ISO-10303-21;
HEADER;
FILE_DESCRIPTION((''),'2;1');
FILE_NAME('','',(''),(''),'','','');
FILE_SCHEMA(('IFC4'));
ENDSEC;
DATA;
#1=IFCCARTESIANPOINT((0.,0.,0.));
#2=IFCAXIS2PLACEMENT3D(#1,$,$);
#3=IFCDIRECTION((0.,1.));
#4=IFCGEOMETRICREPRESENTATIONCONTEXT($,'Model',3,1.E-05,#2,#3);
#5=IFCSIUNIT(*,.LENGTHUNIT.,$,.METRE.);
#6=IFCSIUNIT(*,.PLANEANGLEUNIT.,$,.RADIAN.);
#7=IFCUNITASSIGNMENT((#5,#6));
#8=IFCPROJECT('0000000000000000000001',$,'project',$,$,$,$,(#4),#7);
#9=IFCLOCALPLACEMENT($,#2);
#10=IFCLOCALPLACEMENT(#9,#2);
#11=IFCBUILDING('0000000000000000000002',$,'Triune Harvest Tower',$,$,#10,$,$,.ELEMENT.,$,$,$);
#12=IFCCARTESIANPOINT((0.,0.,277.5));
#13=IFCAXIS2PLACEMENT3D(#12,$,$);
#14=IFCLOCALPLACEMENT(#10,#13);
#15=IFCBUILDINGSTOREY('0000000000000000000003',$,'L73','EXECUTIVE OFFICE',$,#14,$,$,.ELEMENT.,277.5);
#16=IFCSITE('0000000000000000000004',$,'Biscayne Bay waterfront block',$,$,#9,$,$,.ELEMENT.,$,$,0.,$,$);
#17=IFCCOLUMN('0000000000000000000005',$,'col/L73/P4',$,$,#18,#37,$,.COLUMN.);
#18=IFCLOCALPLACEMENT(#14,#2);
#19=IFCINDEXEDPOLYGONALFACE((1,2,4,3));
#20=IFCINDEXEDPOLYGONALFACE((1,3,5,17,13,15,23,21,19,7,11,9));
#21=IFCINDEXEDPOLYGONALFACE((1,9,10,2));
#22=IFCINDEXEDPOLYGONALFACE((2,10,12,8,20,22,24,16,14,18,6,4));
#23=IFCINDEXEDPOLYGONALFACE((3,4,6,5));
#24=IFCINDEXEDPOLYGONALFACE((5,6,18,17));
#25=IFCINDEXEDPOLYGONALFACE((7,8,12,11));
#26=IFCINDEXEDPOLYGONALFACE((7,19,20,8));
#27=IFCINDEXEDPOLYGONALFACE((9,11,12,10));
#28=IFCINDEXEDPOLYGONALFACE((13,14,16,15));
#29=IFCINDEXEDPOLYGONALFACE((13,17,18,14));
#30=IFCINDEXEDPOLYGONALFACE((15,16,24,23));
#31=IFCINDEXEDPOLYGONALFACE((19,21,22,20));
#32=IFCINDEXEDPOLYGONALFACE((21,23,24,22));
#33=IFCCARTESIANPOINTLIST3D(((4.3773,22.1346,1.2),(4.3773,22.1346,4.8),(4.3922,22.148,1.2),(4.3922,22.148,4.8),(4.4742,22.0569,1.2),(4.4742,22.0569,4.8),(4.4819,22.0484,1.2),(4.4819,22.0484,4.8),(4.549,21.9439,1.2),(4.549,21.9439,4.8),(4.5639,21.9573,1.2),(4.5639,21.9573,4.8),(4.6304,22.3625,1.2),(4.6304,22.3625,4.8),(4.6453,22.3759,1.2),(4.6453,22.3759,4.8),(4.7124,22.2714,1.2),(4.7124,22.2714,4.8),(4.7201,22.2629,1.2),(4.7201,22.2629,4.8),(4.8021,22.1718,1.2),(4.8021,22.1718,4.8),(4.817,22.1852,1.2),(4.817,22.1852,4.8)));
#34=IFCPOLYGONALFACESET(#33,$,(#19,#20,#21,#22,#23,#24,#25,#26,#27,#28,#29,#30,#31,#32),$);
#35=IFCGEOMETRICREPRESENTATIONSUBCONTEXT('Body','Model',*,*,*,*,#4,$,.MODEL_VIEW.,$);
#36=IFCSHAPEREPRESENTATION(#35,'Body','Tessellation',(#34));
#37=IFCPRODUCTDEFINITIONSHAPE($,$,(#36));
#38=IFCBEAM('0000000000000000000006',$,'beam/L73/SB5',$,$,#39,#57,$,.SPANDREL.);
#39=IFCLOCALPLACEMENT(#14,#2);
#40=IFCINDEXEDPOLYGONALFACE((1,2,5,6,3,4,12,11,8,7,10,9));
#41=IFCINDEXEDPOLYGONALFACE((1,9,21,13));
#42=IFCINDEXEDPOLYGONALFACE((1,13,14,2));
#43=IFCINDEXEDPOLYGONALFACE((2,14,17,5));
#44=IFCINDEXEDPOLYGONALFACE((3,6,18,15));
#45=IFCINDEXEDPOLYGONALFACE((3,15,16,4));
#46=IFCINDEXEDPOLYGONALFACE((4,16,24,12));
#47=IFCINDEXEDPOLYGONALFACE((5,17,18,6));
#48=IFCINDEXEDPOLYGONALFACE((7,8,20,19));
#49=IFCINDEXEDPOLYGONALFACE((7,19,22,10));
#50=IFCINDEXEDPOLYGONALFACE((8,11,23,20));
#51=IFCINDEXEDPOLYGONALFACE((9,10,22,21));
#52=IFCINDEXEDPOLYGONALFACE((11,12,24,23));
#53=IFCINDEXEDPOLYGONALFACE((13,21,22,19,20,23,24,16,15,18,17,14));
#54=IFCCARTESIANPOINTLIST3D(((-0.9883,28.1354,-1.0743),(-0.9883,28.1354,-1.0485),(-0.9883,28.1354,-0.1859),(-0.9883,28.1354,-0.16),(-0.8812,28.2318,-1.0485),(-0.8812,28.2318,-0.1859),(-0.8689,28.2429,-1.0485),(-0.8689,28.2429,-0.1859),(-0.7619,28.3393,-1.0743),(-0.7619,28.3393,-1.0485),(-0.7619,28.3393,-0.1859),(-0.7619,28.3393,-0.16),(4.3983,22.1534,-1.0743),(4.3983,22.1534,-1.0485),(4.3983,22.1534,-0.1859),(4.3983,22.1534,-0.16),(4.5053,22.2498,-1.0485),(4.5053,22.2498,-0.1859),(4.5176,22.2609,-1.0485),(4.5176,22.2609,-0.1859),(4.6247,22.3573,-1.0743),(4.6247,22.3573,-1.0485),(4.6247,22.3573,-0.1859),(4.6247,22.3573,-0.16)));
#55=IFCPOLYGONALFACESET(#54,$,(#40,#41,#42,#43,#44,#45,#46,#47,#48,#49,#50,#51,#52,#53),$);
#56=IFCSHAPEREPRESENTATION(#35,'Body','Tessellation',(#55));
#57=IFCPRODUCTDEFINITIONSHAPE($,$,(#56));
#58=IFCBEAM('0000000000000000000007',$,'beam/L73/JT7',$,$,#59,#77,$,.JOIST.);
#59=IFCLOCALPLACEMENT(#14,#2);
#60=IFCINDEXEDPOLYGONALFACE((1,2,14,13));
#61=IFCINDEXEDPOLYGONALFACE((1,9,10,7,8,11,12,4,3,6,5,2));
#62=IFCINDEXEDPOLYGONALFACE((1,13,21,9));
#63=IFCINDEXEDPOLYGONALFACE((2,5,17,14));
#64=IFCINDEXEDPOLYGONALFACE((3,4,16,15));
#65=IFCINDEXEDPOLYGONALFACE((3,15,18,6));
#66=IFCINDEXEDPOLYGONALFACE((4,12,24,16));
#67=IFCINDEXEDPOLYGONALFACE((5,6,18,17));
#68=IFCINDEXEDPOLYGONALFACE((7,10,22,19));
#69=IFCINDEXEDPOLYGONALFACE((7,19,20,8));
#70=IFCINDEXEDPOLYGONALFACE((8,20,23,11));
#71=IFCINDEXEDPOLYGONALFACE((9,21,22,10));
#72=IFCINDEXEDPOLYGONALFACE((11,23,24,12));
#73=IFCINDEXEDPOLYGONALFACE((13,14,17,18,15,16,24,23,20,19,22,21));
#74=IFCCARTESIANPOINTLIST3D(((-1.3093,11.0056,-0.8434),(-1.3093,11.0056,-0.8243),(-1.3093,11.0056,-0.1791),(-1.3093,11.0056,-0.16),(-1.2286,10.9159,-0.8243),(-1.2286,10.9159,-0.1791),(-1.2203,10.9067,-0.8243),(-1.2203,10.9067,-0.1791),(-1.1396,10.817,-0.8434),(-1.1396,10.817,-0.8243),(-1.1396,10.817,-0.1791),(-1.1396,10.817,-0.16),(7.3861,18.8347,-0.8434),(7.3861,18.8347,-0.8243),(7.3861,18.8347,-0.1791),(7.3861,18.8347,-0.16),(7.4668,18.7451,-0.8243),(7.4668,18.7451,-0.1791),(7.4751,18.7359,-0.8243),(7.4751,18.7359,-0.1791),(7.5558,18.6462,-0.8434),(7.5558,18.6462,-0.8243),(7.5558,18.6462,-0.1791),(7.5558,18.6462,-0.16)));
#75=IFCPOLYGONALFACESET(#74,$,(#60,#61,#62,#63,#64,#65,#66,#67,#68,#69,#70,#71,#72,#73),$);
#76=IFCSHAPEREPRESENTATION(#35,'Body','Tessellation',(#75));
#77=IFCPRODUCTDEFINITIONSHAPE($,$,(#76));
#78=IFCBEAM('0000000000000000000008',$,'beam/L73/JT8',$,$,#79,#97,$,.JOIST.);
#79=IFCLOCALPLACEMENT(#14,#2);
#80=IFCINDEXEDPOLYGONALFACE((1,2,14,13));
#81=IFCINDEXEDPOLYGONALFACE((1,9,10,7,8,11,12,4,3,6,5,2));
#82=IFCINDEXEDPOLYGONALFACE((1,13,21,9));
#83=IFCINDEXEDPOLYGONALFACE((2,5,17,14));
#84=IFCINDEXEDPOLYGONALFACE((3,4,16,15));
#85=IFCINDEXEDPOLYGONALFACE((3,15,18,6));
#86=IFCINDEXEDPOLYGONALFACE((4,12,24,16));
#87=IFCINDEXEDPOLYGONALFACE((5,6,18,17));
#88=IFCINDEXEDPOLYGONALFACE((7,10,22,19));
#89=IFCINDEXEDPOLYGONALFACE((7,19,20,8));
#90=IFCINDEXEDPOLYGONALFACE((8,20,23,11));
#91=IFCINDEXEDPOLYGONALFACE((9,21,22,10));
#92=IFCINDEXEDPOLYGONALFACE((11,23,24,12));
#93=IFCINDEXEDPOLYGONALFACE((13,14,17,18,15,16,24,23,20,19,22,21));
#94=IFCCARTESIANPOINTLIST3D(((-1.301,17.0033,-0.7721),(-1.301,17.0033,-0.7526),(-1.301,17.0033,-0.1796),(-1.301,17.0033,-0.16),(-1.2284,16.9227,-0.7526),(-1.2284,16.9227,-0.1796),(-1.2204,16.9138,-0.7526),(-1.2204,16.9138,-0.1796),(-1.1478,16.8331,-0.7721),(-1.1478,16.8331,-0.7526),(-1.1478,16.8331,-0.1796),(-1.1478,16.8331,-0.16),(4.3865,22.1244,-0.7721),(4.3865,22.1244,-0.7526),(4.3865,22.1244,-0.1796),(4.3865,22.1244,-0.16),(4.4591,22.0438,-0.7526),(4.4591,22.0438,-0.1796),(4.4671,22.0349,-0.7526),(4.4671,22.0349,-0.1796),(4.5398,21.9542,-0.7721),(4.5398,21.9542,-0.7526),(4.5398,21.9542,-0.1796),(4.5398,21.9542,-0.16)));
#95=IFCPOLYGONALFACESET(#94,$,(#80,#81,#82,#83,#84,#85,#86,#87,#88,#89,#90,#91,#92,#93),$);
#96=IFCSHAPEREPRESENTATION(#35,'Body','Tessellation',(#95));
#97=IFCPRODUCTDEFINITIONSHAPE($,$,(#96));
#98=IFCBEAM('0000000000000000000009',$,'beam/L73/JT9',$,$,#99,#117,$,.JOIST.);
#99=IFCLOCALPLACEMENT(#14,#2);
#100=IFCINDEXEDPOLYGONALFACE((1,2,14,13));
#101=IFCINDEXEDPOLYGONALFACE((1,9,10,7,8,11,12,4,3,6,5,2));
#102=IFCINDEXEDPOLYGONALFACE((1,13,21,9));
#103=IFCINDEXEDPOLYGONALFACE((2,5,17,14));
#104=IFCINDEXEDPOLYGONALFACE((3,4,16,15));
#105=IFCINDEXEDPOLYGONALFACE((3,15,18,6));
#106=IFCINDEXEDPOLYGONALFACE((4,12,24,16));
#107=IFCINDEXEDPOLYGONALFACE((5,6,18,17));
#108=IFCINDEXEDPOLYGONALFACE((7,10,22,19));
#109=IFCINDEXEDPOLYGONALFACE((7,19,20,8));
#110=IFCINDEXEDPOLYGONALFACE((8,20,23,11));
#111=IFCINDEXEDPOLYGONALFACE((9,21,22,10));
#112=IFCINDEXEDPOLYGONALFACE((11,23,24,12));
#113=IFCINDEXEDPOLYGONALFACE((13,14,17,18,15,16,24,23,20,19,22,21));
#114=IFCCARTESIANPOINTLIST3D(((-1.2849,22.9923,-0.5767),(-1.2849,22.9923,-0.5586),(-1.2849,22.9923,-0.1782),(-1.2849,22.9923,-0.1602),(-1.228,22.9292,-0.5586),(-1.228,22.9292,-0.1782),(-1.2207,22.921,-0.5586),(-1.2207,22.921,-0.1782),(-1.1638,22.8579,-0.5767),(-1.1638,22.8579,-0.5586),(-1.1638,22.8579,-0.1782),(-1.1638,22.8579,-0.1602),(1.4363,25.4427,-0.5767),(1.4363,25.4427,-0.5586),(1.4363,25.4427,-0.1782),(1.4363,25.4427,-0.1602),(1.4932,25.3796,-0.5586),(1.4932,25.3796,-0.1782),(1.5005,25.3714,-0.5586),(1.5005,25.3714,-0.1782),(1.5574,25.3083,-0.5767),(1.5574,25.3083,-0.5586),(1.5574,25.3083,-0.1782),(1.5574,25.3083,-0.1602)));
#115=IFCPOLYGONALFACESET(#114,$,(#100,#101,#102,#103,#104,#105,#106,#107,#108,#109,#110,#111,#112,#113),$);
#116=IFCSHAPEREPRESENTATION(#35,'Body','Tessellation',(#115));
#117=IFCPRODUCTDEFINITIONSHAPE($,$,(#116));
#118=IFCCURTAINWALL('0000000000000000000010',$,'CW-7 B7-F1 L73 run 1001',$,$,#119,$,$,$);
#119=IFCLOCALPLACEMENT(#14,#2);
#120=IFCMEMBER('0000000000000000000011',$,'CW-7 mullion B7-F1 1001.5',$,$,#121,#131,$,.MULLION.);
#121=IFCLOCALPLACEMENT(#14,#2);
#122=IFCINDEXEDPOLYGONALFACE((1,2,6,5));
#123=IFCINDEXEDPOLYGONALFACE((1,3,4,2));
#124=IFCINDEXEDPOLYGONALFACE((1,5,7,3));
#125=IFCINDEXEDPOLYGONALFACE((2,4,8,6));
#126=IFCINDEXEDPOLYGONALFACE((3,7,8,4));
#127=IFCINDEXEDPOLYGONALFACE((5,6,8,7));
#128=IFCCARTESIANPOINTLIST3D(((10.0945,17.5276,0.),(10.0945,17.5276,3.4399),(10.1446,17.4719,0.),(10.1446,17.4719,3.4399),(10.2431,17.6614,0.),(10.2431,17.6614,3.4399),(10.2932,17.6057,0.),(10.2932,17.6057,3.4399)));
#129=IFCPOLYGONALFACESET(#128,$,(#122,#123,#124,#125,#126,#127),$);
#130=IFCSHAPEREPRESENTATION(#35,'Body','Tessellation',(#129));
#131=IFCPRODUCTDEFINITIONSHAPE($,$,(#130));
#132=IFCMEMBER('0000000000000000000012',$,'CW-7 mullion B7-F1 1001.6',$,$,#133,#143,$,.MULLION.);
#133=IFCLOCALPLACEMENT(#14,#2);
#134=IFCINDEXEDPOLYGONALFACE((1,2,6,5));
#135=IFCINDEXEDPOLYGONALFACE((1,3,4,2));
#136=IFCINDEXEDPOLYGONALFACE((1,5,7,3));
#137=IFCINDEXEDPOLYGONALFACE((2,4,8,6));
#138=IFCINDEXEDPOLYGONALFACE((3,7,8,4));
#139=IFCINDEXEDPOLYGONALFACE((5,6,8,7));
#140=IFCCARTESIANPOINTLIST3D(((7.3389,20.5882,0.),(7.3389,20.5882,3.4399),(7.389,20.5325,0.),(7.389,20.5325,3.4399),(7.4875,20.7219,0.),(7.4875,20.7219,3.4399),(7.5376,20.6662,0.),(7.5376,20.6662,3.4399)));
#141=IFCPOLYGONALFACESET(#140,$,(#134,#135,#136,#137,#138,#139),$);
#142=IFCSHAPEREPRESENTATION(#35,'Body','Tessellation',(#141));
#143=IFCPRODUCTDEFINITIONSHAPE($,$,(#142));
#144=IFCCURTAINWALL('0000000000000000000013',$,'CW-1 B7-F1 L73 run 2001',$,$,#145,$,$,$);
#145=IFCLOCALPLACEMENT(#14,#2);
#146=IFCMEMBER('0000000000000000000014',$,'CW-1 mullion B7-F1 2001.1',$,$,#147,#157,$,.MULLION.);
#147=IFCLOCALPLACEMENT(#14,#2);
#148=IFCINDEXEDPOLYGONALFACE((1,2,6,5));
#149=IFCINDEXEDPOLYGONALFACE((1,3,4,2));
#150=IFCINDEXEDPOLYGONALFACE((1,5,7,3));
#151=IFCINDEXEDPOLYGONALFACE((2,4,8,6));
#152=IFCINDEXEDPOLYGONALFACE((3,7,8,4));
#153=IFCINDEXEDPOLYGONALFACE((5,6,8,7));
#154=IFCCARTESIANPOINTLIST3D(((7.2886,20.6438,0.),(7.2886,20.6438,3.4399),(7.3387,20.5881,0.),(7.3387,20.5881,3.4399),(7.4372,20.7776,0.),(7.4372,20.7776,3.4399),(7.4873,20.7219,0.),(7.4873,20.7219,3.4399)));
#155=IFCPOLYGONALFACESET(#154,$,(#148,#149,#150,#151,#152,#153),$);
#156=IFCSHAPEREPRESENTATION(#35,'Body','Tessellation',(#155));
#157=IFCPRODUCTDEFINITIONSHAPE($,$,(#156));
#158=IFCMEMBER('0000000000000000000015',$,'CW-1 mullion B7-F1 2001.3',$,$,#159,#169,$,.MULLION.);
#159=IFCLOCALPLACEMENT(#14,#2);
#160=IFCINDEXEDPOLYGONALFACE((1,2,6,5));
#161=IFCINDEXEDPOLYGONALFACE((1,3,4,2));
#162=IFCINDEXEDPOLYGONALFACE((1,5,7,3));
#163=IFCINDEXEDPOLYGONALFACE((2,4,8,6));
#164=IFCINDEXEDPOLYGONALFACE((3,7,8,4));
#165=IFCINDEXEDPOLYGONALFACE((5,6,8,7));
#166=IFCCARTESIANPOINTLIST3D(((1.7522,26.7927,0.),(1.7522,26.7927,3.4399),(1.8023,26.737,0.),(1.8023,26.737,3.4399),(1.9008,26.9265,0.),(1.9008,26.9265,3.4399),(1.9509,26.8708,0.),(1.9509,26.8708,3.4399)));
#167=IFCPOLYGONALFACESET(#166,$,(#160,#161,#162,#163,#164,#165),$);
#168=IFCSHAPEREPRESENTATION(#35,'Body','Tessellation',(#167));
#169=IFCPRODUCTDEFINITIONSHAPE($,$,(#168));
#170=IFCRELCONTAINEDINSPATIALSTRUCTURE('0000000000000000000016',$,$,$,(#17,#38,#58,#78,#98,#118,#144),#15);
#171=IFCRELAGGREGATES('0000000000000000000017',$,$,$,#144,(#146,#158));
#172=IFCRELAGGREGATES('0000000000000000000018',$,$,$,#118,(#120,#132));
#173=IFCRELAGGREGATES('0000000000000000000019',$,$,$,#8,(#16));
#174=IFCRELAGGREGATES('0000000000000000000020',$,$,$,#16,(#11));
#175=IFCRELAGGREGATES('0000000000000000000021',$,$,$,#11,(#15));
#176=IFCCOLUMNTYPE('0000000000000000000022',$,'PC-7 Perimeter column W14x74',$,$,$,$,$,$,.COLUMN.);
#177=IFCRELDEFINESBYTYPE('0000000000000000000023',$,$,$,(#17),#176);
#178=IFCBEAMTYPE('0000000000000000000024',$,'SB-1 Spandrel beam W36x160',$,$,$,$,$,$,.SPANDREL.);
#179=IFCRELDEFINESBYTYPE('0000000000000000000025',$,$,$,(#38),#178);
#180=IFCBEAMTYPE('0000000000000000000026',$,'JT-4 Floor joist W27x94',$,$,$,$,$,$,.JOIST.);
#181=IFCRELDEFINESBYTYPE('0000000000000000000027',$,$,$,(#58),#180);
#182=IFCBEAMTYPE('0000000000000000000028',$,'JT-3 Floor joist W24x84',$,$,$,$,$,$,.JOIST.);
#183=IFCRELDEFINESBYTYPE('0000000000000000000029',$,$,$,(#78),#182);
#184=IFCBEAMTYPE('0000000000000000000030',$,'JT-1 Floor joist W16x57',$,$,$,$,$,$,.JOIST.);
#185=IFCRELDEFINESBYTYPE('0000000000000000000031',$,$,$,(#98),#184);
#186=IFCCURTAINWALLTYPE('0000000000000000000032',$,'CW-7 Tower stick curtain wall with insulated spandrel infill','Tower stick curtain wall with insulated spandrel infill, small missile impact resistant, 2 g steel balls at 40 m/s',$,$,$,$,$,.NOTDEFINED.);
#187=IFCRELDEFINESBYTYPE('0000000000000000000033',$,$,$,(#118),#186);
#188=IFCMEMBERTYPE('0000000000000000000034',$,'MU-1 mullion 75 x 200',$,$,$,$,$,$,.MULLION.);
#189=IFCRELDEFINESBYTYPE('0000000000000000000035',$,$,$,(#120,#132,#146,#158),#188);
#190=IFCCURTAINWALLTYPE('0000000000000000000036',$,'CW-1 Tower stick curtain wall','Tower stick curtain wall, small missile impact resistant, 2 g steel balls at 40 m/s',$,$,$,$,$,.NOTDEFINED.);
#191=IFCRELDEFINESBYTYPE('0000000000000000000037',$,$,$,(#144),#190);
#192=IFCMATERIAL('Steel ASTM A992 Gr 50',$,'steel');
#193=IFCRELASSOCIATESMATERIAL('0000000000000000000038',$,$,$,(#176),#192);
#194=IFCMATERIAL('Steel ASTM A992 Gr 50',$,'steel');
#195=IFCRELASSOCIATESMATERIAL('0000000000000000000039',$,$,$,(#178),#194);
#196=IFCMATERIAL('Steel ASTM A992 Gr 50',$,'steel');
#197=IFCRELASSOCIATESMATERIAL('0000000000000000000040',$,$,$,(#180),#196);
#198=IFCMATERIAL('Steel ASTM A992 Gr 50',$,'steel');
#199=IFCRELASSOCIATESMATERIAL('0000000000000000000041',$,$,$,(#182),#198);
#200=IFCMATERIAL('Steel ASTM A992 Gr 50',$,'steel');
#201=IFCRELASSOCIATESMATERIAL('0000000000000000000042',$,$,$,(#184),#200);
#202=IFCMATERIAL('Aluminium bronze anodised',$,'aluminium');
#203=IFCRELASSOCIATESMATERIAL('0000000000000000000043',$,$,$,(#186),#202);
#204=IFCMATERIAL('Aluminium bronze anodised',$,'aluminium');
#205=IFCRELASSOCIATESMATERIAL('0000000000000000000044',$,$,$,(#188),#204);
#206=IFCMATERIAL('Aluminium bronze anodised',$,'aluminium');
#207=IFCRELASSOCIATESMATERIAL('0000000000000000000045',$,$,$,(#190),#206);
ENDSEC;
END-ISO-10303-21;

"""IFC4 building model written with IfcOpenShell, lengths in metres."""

from ifc_helpers import new_model, si_unit, direction, frame, origin, origin_2d, place, context, subcontext, project, spatial, rectangle, i_section, extrude, source, transform, mapped, material, material_profile, profile_set, type_object, element, aggregate, save


model = new_model("IFC4")

# Units and contexts
model_context = context("Model", 3, precision=1e-05, world=origin(), true_north=direction((0.0, 1.0)))
body_context = subcontext(model_context, "Body", "Model", "MODEL_VIEW")
ifc_project = project(units=[si_unit("LENGTHUNIT", "METRE"), si_unit("PLANEANGLEUNIT", "RADIAN")], contexts=[model_context])

# Site, building, storey
site_placement = place(None, origin())
site = spatial("IfcSite", under=ifc_project, at=site_placement, Name="Biscayne Bay waterfront block", CompositionType="ELEMENT", RefElevation=0.0)
building_placement = place(site_placement, origin())
building = spatial("IfcBuilding", under=site, at=building_placement, Name="Triune Harvest Tower", CompositionType="ELEMENT")
storey_placement = place(building_placement, frame((0.0, 0.0, 277.5)))
storey = spatial("IfcBuildingStorey", under=building, at=storey_placement, Name="L73", Description="EXECUTIVE OFFICE", CompositionType="ELEMENT", Elevation=277.5)

# Column
ifc_material_1 = material(Name="Steel ASTM A992 Gr 50", Category="steel")
ifc_material_profile_1 = material_profile(ifc_material_1, i_section(OverallWidth=0.2566, OverallDepth=0.3606, WebThickness=0.0115, FlangeThickness=0.02, at=origin_2d()), Name="W14x74")
ifc_profile_set_1 = profile_set([ifc_material_profile_1], Name="Steel ASTM A992 Gr 50")
column_type = type_object("IfcColumnType", Name="PC-7 Perimeter column W14x74", PredefinedType="COLUMN", material=ifc_profile_set_1)
shared_shape_1 = source(origin(), body_context, "Body", "SweptSolid", [
    extrude(i_section(OverallWidth=0.2566, OverallDepth=0.3606, WebThickness=0.0115, FlangeThickness=0.02, at=origin_2d()), origin(), (0.0, 0.0, 1.0), 3.6001),
])
column_placement = place(storey_placement, frame((4.5972, 22.1599, 1.2), z_axis=(0.0, 0.0, 1.0), x_axis=(-0.669131, 0.743145, 0.0)))
element("IfcColumn", 1, at=column_placement, inside=storey, type_object=column_type, Name="col/L73/P4", PredefinedType="COLUMN", context=body_context, shape_type="MappedRepresentation", body=[
    mapped(shared_shape_1, transform((0.0, 0.0, 0.0), scale=1.0)),
])

# Beams
ifc_material_2 = material(Name="Steel ASTM A992 Gr 50", Category="steel")
ifc_material_profile_2 = material_profile(ifc_material_2, i_section(OverallWidth=0.3047, OverallDepth=0.9143, WebThickness=0.0166, FlangeThickness=0.0259, at=origin_2d()), Name="W36x160")
ifc_profile_set_2 = profile_set([ifc_material_profile_2], Name="Steel ASTM A992 Gr 50")
beam_type_1 = type_object("IfcBeamType", Name="SB-1 Spandrel beam W36x160", PredefinedType="SPANDREL", material=ifc_profile_set_2)
shared_shape_2 = source(origin(), body_context, "Body", "SweptSolid", [
    extrude(i_section(OverallWidth=0.3047, OverallDepth=0.9143, WebThickness=0.0166, FlangeThickness=0.0259, at=origin_2d()), origin(), (0.0, 0.0, 1.0), 8.0498),
])
beam_1_placement = place(storey_placement, frame((4.5115, 22.2554, -0.6172), z_axis=(-0.669152, 0.743125, 0.0), x_axis=(-0.743125, -0.669152, 0.0)))
element("IfcBeam", 2, at=beam_1_placement, inside=storey, type_object=beam_type_1, Name="beam/L73/SB5", PredefinedType="SPANDREL", context=body_context, shape_type="MappedRepresentation", body=[
    mapped(shared_shape_2, transform((0.0, 0.0, 0.0), scale=1.0)),
])
ifc_material_3 = material(Name="Steel ASTM A992 Gr 50", Category="steel")
ifc_material_profile_3 = material_profile(ifc_material_3, i_section(OverallWidth=0.2537, OverallDepth=0.6833, WebThickness=0.0125, FlangeThickness=0.019, at=origin_2d()), Name="W27x94")
ifc_profile_set_3 = profile_set([ifc_material_profile_3], Name="Steel ASTM A992 Gr 50")
beam_type_2 = type_object("IfcBeamType", Name="JT-4 Floor joist W27x94", PredefinedType="JOIST", material=ifc_profile_set_3)
shared_shape_3 = source(origin(), body_context, "Body", "SweptSolid", [
    extrude(i_section(OverallWidth=0.2537, OverallDepth=0.6833, WebThickness=0.0125, FlangeThickness=0.019, at=origin_2d()), origin(), (0.0, 0.0, 1.0), 11.7007),
])
beam_2_placement = place(storey_placement, frame((7.4709, 18.7405, -0.5017), z_axis=(-0.743153, -0.669121, 0.0), x_axis=(0.669121, -0.743153, 0.0)))
element("IfcBeam", 3, at=beam_2_placement, inside=storey, type_object=beam_type_2, Name="beam/L73/JT7", PredefinedType="JOIST", context=body_context, shape_type="MappedRepresentation", body=[
    mapped(shared_shape_3, transform((0.0, 0.0, 0.0), scale=1.0)),
])
ifc_material_4 = material(Name="Steel ASTM A992 Gr 50", Category="steel")
ifc_material_profile_4 = material_profile(ifc_material_4, i_section(OverallWidth=0.229, OverallDepth=0.6121, WebThickness=0.012, FlangeThickness=0.0195, at=origin_2d()), Name="W24x84")
ifc_profile_set_4 = profile_set([ifc_material_profile_4], Name="Steel ASTM A992 Gr 50")
beam_type_3 = type_object("IfcBeamType", Name="JT-3 Floor joist W24x84", PredefinedType="JOIST", material=ifc_profile_set_4)
shared_shape_4 = source(origin(), body_context, "Body", "SweptSolid", [
    extrude(i_section(OverallWidth=0.229, OverallDepth=0.6121, WebThickness=0.012, FlangeThickness=0.0195, at=origin_2d()), origin(), (0.0, 0.0, 1.0), 7.6533),
])
beam_3_placement = place(storey_placement, frame((4.4631, 22.0393, -0.4661), z_axis=(-0.743142, -0.669134, 0.0), x_axis=(0.669134, -0.743142, 0.0)))
element("IfcBeam", 4, at=beam_3_placement, inside=storey, type_object=beam_type_3, Name="beam/L73/JT8", PredefinedType="JOIST", context=body_context, shape_type="MappedRepresentation", body=[
    mapped(shared_shape_4, transform((0.0, 0.0, 0.0), scale=1.0)),
])
ifc_material_5 = material(Name="Steel ASTM A992 Gr 50", Category="steel")
ifc_material_profile_5 = material_profile(ifc_material_5, i_section(OverallWidth=0.1809, OverallDepth=0.4165, WebThickness=0.011, FlangeThickness=0.0181, at=origin_2d()), Name="W16x57")
ifc_profile_set_5 = profile_set([ifc_material_profile_5], Name="Steel ASTM A992 Gr 50")
beam_type_4 = type_object("IfcBeamType", Name="JT-1 Floor joist W16x57", PredefinedType="JOIST", material=ifc_profile_set_5)
shared_shape_5 = source(origin(), body_context, "Body", "SweptSolid", [
    extrude(i_section(OverallWidth=0.1809, OverallDepth=0.4165, WebThickness=0.011, FlangeThickness=0.0181, at=origin_2d()), origin(), (0.0, 0.0, 1.0), 3.6619),
])
beam_4_placement = place(storey_placement, frame((1.4968, 25.3755, -0.3684), z_axis=(-0.743108, -0.669171, 0.0), x_axis=(0.669171, -0.743108, 0.0)))
element("IfcBeam", 5, at=beam_4_placement, inside=storey, type_object=beam_type_4, Name="beam/L73/JT9", PredefinedType="JOIST", context=body_context, shape_type="MappedRepresentation", body=[
    mapped(shared_shape_5, transform((0.0, 0.0, 0.0), scale=1.0)),
])

# Curtain walls, members
ifc_material_6 = material(Name="Aluminium bronze anodised", Category="aluminium")
curtain_wall_type_1 = type_object("IfcCurtainWallType", Name="CW-7 Tower stick curtain wall with insulated spandrel infill", Description="Tower stick curtain wall with insulated spandrel infill, small missile impact resistant, 2 g steel balls at 40 m/s", PredefinedType="NOTDEFINED", material=ifc_material_6)
curtain_wall_1_placement = place(storey_placement, origin())
curtain_wall_1 = element("IfcCurtainWall", 6, at=curtain_wall_1_placement, inside=storey, type_object=curtain_wall_type_1, Name="CW-7 B7-F1 L73 run 1001")
ifc_material_7 = material(Name="Aluminium bronze anodised", Category="aluminium")
ifc_material_profile_6 = material_profile(ifc_material_7, rectangle(XDim=0.2, YDim=0.075, at=origin_2d()), Name="MU-1 mullion 75 x 200")
ifc_profile_set_6 = profile_set([ifc_material_profile_6], Name="Aluminium bronze anodised")
member_type_1 = type_object("IfcMemberType", Name="MU-1 mullion 75 x 200", PredefinedType="MULLION", material=ifc_profile_set_6)
shared_shape_6 = source(origin(), body_context, "Body", "SweptSolid", [
    extrude(rectangle(XDim=0.2, YDim=0.075, at=origin_2d()), origin(), (0.0, 0.0, 1.0), 3.4399),
])
member_1_placement = place(storey_placement, frame((10.1938, 17.5667, 0.0), z_axis=(0.0, 0.0, 1.0), x_axis=(-0.743144, -0.669131, 0.0)))
member_1 = element("IfcMember", 7, at=member_1_placement, type_object=member_type_1, Name="CW-7 mullion B7-F1 1001.5", PredefinedType="MULLION", context=body_context, shape_type="MappedRepresentation", body=[
    mapped(shared_shape_6, transform((0.0, 0.0, 0.0), scale=1.0)),
])
member_2_placement = place(storey_placement, frame((7.4382, 20.6272, 0.0), z_axis=(0.0, 0.0, 1.0), x_axis=(-0.743144, -0.669131, 0.0)))
member_2 = element("IfcMember", 8, at=member_2_placement, type_object=member_type_1, Name="CW-7 mullion B7-F1 1001.6", PredefinedType="MULLION", context=body_context, shape_type="MappedRepresentation", body=[
    mapped(shared_shape_6, transform((0.0, 0.0, 0.0), scale=1.0)),
])
ifc_material_8 = material(Name="Aluminium bronze anodised", Category="aluminium")
curtain_wall_type_2 = type_object("IfcCurtainWallType", Name="CW-1 Tower stick curtain wall", Description="Tower stick curtain wall, small missile impact resistant, 2 g steel balls at 40 m/s", PredefinedType="NOTDEFINED", material=ifc_material_8)
curtain_wall_2_placement = place(storey_placement, origin())
curtain_wall_2 = element("IfcCurtainWall", 9, at=curtain_wall_2_placement, inside=storey, type_object=curtain_wall_type_2, Name="CW-1 B7-F1 L73 run 2001")
member_3_placement = place(storey_placement, frame((7.3879, 20.6829, 0.0), z_axis=(0.0, 0.0, 1.0), x_axis=(-0.743144, -0.669131, 0.0)))
member_3 = element("IfcMember", 10, at=member_3_placement, type_object=member_type_1, Name="CW-1 mullion B7-F1 2001.1", PredefinedType="MULLION", context=body_context, shape_type="MappedRepresentation", body=[
    mapped(shared_shape_6, transform((0.0, 0.0, 0.0), scale=1.0)),
])
member_4_placement = place(storey_placement, frame((1.8516, 26.8318, 0.0), z_axis=(0.0, 0.0, 1.0), x_axis=(-0.743144, -0.669131, 0.0)))
member_4 = element("IfcMember", 11, at=member_4_placement, type_object=member_type_1, Name="CW-1 mullion B7-F1 2001.3", PredefinedType="MULLION", context=body_context, shape_type="MappedRepresentation", body=[
    mapped(shared_shape_6, transform((0.0, 0.0, 0.0), scale=1.0)),
])

aggregate(curtain_wall_2, [member_3, member_4])
aggregate(curtain_wall_1, [member_1, member_2])

save(model, "model.ifc")
